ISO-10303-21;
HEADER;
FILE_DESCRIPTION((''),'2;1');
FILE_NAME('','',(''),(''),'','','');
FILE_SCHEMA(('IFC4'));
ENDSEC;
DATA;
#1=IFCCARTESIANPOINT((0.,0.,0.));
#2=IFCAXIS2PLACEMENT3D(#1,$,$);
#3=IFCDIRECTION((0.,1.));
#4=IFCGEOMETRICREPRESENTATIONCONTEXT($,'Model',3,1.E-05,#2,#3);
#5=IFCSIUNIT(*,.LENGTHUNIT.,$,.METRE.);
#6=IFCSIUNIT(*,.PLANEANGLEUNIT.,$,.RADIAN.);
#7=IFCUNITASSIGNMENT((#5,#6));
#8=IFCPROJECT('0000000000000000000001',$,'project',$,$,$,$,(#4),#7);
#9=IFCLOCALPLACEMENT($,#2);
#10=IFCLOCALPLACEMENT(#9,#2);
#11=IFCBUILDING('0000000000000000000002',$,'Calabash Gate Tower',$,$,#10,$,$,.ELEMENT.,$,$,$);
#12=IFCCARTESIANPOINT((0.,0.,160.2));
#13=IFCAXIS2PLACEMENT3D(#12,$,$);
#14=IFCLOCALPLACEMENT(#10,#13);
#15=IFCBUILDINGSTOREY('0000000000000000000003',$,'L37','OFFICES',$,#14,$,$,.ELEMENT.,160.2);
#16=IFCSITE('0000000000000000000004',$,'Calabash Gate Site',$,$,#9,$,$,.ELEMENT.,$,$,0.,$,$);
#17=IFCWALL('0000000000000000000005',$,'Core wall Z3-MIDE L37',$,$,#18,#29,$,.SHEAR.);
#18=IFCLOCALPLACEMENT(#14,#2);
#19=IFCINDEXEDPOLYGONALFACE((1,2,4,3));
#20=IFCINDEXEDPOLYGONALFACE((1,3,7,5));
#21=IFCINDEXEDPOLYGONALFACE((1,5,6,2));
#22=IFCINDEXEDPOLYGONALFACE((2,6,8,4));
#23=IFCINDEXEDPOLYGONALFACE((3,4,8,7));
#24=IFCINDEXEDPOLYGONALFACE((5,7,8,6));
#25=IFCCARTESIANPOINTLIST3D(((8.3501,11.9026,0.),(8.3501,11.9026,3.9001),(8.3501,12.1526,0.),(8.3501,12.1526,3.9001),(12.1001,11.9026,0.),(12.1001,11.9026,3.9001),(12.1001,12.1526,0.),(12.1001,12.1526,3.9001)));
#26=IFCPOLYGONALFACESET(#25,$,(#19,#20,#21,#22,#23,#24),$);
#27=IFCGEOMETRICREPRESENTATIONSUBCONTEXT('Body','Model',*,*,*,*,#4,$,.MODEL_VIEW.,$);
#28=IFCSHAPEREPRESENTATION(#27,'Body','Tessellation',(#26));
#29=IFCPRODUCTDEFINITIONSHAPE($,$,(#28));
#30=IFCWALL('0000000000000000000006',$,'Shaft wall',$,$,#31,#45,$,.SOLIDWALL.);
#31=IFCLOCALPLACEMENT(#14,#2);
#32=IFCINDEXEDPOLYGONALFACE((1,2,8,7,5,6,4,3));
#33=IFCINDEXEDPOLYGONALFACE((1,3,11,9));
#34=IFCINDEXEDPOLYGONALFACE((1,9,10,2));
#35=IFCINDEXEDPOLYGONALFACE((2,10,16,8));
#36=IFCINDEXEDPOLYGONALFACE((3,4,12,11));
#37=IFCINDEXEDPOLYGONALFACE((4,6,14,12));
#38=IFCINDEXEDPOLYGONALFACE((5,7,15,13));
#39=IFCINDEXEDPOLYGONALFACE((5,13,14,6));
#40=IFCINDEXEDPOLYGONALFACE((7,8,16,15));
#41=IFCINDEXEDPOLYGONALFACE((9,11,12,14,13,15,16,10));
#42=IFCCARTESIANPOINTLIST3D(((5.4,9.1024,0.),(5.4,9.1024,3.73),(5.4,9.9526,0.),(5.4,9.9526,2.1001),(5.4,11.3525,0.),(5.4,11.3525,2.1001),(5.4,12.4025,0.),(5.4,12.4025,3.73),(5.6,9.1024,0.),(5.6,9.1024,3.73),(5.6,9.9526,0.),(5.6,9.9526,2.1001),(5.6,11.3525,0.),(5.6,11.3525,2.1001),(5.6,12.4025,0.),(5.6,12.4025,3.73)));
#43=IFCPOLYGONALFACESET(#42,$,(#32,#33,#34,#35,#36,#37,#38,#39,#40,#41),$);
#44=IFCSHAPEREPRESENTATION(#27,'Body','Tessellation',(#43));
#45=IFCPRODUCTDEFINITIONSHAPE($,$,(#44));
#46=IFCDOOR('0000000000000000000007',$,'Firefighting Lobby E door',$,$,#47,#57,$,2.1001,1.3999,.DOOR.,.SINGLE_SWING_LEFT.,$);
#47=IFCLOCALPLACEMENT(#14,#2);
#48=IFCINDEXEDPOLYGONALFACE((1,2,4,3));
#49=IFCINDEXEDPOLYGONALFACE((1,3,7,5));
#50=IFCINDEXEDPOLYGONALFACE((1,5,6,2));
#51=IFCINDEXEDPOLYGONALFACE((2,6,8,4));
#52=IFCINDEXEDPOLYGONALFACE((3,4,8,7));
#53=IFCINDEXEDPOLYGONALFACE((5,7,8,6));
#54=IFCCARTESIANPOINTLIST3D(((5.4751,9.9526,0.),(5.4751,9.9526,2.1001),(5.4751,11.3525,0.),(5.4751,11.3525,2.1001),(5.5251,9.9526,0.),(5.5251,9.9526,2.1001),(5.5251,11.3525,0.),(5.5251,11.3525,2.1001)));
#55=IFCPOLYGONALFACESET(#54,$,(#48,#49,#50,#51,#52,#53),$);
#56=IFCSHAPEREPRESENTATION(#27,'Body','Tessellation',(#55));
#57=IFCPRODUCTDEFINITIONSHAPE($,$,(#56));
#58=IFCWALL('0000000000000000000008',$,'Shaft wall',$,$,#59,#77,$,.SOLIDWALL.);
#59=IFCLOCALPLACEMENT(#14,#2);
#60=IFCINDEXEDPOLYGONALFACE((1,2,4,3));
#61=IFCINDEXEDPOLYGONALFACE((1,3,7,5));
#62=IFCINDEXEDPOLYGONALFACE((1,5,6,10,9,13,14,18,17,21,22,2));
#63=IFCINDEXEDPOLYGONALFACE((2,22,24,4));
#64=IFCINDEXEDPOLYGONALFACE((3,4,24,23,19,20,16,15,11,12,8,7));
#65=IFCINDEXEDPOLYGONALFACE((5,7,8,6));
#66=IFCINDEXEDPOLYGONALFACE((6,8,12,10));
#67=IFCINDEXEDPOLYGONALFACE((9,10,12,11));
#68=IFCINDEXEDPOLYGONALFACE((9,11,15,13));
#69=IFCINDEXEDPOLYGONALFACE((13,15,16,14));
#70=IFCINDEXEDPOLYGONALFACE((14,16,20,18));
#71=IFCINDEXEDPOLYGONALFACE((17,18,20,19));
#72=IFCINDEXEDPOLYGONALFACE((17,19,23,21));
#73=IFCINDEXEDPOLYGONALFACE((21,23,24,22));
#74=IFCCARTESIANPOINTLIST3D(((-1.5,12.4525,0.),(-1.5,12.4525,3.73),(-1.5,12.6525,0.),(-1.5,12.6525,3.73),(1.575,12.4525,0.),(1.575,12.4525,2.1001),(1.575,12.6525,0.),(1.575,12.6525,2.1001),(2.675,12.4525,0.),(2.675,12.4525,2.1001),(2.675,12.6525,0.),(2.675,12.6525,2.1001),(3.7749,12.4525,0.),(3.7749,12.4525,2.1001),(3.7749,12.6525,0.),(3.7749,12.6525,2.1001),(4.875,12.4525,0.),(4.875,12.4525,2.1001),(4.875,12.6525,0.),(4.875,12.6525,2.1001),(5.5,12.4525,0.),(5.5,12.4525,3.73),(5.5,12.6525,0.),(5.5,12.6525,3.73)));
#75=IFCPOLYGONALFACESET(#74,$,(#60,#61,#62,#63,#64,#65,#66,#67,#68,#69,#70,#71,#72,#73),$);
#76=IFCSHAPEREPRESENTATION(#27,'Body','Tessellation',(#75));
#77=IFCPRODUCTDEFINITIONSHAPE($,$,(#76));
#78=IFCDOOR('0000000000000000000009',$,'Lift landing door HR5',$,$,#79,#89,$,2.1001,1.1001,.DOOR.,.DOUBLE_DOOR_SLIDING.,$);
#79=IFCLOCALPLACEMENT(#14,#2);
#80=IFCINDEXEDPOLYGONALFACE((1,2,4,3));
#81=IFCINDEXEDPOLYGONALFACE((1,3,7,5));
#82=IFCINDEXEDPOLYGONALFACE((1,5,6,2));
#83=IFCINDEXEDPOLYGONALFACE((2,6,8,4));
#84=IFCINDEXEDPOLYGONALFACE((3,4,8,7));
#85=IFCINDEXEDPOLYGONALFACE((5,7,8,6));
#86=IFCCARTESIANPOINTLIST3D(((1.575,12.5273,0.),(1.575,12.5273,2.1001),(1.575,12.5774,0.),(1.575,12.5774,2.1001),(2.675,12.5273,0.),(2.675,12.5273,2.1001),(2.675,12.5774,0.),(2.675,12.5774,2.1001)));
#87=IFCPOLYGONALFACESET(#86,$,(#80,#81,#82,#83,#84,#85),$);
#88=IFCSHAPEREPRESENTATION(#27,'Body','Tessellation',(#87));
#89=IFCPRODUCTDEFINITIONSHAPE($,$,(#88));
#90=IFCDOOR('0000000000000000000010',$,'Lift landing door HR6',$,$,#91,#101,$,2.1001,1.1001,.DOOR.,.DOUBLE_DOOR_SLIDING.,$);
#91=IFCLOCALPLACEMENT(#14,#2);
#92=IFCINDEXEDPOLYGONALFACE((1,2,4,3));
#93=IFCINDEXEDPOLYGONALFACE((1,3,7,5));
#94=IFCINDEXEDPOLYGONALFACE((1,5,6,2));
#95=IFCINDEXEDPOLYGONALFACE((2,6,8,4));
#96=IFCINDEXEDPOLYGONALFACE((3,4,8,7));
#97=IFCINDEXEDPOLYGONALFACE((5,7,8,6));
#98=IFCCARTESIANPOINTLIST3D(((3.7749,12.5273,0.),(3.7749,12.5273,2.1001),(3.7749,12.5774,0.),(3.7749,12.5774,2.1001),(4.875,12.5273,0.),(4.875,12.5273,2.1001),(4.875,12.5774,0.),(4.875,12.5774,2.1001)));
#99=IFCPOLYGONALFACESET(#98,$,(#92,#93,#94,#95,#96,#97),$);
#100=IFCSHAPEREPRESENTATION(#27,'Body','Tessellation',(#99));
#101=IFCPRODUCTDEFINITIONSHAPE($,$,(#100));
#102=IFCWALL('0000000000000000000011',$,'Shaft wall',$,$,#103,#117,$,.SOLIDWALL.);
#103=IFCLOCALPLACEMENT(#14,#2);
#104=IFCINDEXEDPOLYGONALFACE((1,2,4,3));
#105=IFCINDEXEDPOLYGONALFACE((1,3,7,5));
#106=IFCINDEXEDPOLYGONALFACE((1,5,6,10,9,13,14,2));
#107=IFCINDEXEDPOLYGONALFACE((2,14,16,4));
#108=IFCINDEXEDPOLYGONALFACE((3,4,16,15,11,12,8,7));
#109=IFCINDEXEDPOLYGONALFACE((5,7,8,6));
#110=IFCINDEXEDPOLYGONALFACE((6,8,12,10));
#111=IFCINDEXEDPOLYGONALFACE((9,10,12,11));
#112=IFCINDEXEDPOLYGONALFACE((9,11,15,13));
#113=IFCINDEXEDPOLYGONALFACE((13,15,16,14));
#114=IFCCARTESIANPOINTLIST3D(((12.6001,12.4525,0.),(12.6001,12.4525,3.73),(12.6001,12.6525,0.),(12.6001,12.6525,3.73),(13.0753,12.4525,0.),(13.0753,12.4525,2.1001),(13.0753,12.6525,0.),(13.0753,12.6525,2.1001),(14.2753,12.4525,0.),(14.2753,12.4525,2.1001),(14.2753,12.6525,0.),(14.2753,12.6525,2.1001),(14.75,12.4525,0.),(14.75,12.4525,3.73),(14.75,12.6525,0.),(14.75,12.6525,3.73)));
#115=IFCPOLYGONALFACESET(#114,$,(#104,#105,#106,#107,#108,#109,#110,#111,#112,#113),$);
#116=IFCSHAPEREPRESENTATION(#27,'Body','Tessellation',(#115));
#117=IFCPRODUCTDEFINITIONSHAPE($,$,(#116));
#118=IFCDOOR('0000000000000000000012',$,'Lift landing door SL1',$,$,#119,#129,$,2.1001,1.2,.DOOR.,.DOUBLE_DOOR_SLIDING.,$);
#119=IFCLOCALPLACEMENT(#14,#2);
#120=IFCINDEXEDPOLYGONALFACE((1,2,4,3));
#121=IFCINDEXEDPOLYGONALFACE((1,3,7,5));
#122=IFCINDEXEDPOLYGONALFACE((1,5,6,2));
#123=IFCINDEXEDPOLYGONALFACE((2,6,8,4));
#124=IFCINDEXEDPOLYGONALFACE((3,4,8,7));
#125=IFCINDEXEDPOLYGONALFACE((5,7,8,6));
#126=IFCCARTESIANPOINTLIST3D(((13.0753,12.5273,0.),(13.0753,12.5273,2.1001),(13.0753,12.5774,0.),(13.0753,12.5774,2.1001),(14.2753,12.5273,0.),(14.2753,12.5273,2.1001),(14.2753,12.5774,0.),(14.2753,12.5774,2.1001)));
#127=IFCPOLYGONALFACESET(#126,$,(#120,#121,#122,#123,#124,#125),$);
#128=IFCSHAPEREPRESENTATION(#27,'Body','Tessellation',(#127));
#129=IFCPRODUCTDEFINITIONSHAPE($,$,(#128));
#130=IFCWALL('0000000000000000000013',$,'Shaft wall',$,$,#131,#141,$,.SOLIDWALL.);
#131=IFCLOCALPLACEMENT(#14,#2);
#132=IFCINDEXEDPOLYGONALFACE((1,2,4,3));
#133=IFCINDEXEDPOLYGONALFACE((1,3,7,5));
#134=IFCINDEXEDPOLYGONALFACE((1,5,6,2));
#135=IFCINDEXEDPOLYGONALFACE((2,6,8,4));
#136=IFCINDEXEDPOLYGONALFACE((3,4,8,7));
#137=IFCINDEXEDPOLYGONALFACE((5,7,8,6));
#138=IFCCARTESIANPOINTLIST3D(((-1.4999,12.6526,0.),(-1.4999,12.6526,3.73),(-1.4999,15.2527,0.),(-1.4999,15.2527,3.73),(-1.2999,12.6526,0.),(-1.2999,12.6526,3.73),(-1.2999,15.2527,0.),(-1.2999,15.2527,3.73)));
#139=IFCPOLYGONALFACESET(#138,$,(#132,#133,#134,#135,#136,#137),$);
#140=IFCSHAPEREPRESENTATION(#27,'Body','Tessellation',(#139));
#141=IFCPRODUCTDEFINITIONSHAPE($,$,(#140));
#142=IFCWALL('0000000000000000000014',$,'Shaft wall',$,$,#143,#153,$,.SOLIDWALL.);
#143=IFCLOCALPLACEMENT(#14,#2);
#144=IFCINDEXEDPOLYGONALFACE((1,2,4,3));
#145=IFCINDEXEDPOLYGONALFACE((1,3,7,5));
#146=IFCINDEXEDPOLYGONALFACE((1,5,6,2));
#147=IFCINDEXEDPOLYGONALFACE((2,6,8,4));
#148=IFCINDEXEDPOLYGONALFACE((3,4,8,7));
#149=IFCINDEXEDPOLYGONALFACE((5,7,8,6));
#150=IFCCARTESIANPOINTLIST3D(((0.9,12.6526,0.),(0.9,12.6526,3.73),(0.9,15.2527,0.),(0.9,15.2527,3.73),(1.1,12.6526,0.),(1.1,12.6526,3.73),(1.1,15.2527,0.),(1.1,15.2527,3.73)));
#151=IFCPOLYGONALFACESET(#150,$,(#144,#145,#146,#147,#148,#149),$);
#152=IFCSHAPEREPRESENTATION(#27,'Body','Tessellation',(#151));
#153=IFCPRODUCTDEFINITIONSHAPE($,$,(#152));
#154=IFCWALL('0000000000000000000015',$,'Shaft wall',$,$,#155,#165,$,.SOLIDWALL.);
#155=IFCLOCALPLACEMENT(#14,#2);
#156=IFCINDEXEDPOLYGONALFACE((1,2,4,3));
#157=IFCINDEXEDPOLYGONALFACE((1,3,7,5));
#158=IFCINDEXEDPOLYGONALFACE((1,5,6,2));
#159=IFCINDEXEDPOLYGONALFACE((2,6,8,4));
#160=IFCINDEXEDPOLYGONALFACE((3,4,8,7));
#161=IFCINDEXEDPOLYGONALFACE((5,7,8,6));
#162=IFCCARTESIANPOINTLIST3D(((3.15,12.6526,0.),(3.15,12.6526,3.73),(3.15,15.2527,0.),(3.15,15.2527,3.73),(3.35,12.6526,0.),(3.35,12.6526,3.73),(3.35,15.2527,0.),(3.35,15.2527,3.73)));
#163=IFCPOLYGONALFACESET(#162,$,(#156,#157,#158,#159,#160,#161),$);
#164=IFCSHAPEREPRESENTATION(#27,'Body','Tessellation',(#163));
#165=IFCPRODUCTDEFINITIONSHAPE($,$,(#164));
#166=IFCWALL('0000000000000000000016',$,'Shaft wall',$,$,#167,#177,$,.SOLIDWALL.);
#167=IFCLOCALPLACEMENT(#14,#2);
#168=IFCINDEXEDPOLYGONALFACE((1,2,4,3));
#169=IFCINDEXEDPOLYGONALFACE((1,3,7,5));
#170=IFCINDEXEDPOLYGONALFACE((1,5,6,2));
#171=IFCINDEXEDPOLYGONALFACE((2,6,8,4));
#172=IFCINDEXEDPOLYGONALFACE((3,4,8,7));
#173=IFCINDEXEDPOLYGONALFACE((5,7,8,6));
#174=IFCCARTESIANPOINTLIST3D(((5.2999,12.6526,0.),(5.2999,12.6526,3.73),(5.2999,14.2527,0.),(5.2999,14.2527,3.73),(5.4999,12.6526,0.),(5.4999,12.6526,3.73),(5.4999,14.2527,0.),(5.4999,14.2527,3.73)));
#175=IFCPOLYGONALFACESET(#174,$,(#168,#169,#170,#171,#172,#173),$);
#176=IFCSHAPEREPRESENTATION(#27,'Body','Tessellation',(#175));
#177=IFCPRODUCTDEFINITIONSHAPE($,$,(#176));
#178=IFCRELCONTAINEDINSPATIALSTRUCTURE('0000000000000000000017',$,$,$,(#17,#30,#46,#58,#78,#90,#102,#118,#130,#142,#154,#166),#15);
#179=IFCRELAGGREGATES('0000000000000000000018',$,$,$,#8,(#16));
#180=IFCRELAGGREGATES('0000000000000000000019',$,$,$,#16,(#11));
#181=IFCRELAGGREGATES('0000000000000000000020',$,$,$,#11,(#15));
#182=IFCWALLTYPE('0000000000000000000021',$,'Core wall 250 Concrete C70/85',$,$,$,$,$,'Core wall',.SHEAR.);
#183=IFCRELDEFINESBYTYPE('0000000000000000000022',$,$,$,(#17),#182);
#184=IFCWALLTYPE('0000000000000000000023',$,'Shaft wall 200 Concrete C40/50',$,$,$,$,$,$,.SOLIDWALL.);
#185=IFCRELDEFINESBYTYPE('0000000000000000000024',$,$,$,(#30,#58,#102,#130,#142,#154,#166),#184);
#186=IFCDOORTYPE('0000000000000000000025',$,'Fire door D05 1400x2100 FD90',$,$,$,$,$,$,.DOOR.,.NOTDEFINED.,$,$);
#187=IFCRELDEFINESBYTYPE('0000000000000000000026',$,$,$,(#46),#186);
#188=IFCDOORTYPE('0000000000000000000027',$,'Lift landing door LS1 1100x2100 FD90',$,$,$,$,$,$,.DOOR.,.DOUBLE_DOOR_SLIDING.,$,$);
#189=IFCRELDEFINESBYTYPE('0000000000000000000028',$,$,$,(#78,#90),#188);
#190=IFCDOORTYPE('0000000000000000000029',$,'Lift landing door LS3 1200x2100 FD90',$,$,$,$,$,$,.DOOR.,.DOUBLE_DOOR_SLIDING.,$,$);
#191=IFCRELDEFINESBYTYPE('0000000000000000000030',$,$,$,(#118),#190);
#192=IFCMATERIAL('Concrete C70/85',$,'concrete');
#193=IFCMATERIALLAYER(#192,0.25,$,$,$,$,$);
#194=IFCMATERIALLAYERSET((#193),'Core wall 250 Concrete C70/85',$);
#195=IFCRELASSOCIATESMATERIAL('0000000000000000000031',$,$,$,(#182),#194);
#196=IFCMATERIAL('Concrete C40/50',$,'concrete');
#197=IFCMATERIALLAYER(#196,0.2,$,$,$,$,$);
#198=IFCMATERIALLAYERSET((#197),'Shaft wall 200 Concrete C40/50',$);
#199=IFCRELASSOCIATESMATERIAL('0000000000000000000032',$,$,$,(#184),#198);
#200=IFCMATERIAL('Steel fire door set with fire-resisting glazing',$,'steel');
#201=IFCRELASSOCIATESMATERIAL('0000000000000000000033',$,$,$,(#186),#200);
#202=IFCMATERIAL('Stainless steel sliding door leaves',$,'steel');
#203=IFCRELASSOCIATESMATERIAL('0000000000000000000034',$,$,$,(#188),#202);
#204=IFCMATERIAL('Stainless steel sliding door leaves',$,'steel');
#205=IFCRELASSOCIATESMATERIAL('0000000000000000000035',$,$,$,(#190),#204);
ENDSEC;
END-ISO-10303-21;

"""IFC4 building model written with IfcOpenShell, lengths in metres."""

from ifc_helpers import new_model, si_unit, direction, frame, frame_2d, origin, place, context, subcontext, project, spatial, rectangle, extrude, material, layer, layer_set, type_object, element, fill, save


model = new_model("IFC4")

# Units and contexts
model_context = context("Model", 3, precision=1e-05, world=origin(), true_north=direction((0.0, 1.0)))
body_context = subcontext(model_context, "Body", "Model", "MODEL_VIEW")
ifc_project = project(units=[si_unit("LENGTHUNIT", "METRE"), si_unit("PLANEANGLEUNIT", "RADIAN")], contexts=[model_context])

# Site, building, storey
site_placement = place(None, origin())
site = spatial("IfcSite", under=ifc_project, at=site_placement, Name="Calabash Gate Site", CompositionType="ELEMENT", RefElevation=0.0)
building_placement = place(site_placement, origin())
building = spatial("IfcBuilding", under=site, at=building_placement, Name="Calabash Gate Tower", CompositionType="ELEMENT")
storey_placement = place(building_placement, frame((0.0, 0.0, 160.2)))
storey = spatial("IfcBuildingStorey", under=building, at=storey_placement, Name="L37", Description="OFFICES", CompositionType="ELEMENT", Elevation=160.2)

# Wall
ifc_material_1 = material(Name="Concrete C70/85", Category="concrete")
ifc_layer_1 = layer(ifc_material_1, 0.25)
ifc_layer_set_1 = layer_set([ifc_layer_1], Name="Core wall 250 Concrete C70/85")
wall_type_1 = type_object("IfcWallType", Name="Core wall 250 Concrete C70/85", ElementType="Core wall", PredefinedType="SHEAR", material=ifc_layer_set_1)
wall_1_placement = place(storey_placement, frame((8.3501, 12.0276, 0.0), z_axis=(0.0, 0.0, 1.0), x_axis=(1.0, 0.0, 0.0)))
element("IfcWall", 1, at=wall_1_placement, inside=storey, type_object=wall_type_1, Name="Core wall Z3-MIDE L37", PredefinedType="SHEAR", context=body_context, shape_type="SweptSolid", body=[
    extrude(rectangle(XDim=3.75, YDim=0.25, at=frame_2d((1.875, 0.0))), origin(), (0.0, 0.0, 1.0), 3.9001),
])

# Wall, opening, door
ifc_material_2 = material(Name="Concrete C40/50", Category="concrete")
ifc_layer_2 = layer(ifc_material_2, 0.2)
ifc_layer_set_2 = layer_set([ifc_layer_2], Name="Shaft wall 200 Concrete C40/50")
wall_type_2 = type_object("IfcWallType", Name="Shaft wall 200 Concrete C40/50", PredefinedType="SOLIDWALL", material=ifc_layer_set_2)
wall_2_placement = place(storey_placement, frame((5.5, 9.1025, 0.0), z_axis=(0.0, 0.0, 1.0), x_axis=(0.0, 1.0, 0.0)))
wall_2 = element("IfcWall", 2, at=wall_2_placement, inside=storey, type_object=wall_type_2, Name="Shaft wall", PredefinedType="SOLIDWALL", context=body_context, shape_type="SweptSolid", body=[
    extrude(rectangle(XDim=3.3, YDim=0.2, at=frame_2d((1.6499, 0.0))), origin(), (0.0, 0.0, 1.0), 3.73),
])
opening_1_placement = place(wall_2_placement, frame((0.8501, 0.0, 0.0)))
opening_1 = element("IfcOpeningElement", 3, at=opening_1_placement, cuts=wall_2, PredefinedType="OPENING", context=body_context, shape_type="SweptSolid", body=[
    extrude(rectangle(XDim=1.3999, YDim=2.1001, at=frame_2d((0.7, 1.05))), frame((0.0, 0.1099, 0.0), z_axis=(0.0, -1.0, 0.0), x_axis=(1.0, 0.0, 0.0)), (0.0, 0.0, 1.0), 0.22),
])
ifc_material_3 = material(Name="Steel fire door set with fire-resisting glazing", Category="steel")
door_type_1 = type_object("IfcDoorType", Name="Fire door D05 1400x2100 FD90", OperationType="NOTDEFINED", PredefinedType="DOOR", material=ifc_material_3)
door_1_placement = place(opening_1_placement, origin())
door_1 = element("IfcDoor", 4, at=door_1_placement, inside=storey, type_object=door_type_1, Name="Firefighting Lobby E door", OperationType="SINGLE_SWING_LEFT", OverallHeight=2.1001, OverallWidth=1.3999, PredefinedType="DOOR", context=body_context, shape_type="SweptSolid", body=[
    extrude(rectangle(XDim=1.3999, YDim=2.1001, at=frame_2d((0.7, 1.05))), frame((0.0, 0.0249, 0.0), z_axis=(0.0, -1.0, 0.0), x_axis=(1.0, 0.0, 0.0)), (0.0, 0.0, 1.0), 0.05),
])
fill(opening_1, door_1)

# Wall, openings, doors
wall_3_placement = place(storey_placement, frame((-1.5, 12.5525, 0.0), z_axis=(0.0, 0.0, 1.0), x_axis=(1.0, 0.0, 0.0)))
wall_3 = element("IfcWall", 5, at=wall_3_placement, inside=storey, type_object=wall_type_2, Name="Shaft wall", PredefinedType="SOLIDWALL", context=body_context, shape_type="SweptSolid", body=[
    extrude(rectangle(XDim=7.0, YDim=0.2, at=frame_2d((3.5, 0.0))), origin(), (0.0, 0.0, 1.0), 3.73),
])
opening_2_placement = place(wall_3_placement, frame((3.075, 0.0, 0.0)))
opening_2 = element("IfcOpeningElement", 6, at=opening_2_placement, cuts=wall_3, PredefinedType="OPENING", context=body_context, shape_type="SweptSolid", body=[
    extrude(rectangle(XDim=1.1001, YDim=2.1001, at=frame_2d((0.55, 1.05))), frame((0.0, 0.1099, 0.0), z_axis=(0.0, -1.0, 0.0), x_axis=(1.0, 0.0, 0.0)), (0.0, 0.0, 1.0), 0.22),
])
opening_3_placement = place(wall_3_placement, frame((5.2749, 0.0, 0.0)))
opening_3 = element("IfcOpeningElement", 7, at=opening_3_placement, cuts=wall_3, PredefinedType="OPENING", context=body_context, shape_type="SweptSolid", body=[
    extrude(rectangle(XDim=1.1001, YDim=2.1001, at=frame_2d((0.55, 1.05))), frame((0.0, 0.1099, 0.0), z_axis=(0.0, -1.0, 0.0), x_axis=(1.0, 0.0, 0.0)), (0.0, 0.0, 1.0), 0.22),
])
ifc_material_4 = material(Name="Stainless steel sliding door leaves", Category="steel")
door_type_2 = type_object("IfcDoorType", Name="Lift landing door LS1 1100x2100 FD90", OperationType="DOUBLE_DOOR_SLIDING", PredefinedType="DOOR", material=ifc_material_4)
door_2_placement = place(opening_2_placement, origin())
door_2 = element("IfcDoor", 8, at=door_2_placement, inside=storey, type_object=door_type_2, Name="Lift landing door HR5", OperationType="DOUBLE_DOOR_SLIDING", OverallHeight=2.1001, OverallWidth=1.1001, PredefinedType="DOOR", context=body_context, shape_type="SweptSolid", body=[
    extrude(rectangle(XDim=1.1001, YDim=2.1001, at=frame_2d((0.55, 1.05))), frame((0.0, 0.0249, 0.0), z_axis=(0.0, -1.0, 0.0), x_axis=(1.0, 0.0, 0.0)), (0.0, 0.0, 1.0), 0.05),
])
fill(opening_2, door_2)
door_3_placement = place(opening_3_placement, origin())
door_3 = element("IfcDoor", 9, at=door_3_placement, inside=storey, type_object=door_type_2, Name="Lift landing door HR6", OperationType="DOUBLE_DOOR_SLIDING", OverallHeight=2.1001, OverallWidth=1.1001, PredefinedType="DOOR", context=body_context, shape_type="SweptSolid", body=[
    extrude(rectangle(XDim=1.1001, YDim=2.1001, at=frame_2d((0.55, 1.05))), frame((0.0, 0.0249, 0.0), z_axis=(0.0, -1.0, 0.0), x_axis=(1.0, 0.0, 0.0)), (0.0, 0.0, 1.0), 0.05),
])
fill(opening_3, door_3)

# Wall, opening, door
wall_4_placement = place(storey_placement, frame((12.6001, 12.5525, 0.0), z_axis=(0.0, 0.0, 1.0), x_axis=(1.0, 0.0, 0.0)))
wall_4 = element("IfcWall", 10, at=wall_4_placement, inside=storey, type_object=wall_type_2, Name="Shaft wall", PredefinedType="SOLIDWALL", context=body_context, shape_type="SweptSolid", body=[
    extrude(rectangle(XDim=2.1499, YDim=0.2, at=frame_2d((1.075, 0.0))), origin(), (0.0, 0.0, 1.0), 3.73),
])
opening_4_placement = place(wall_4_placement, frame((0.4751, 0.0, 0.0)))
opening_4 = element("IfcOpeningElement", 11, at=opening_4_placement, cuts=wall_4, PredefinedType="OPENING", context=body_context, shape_type="SweptSolid", body=[
    extrude(rectangle(XDim=1.2, YDim=2.1001, at=frame_2d((0.6001, 1.05))), frame((0.0, 0.1099, 0.0), z_axis=(0.0, -1.0, 0.0), x_axis=(1.0, 0.0, 0.0)), (0.0, 0.0, 1.0), 0.22),
])
ifc_material_5 = material(Name="Stainless steel sliding door leaves", Category="steel")
door_type_3 = type_object("IfcDoorType", Name="Lift landing door LS3 1200x2100 FD90", OperationType="DOUBLE_DOOR_SLIDING", PredefinedType="DOOR", material=ifc_material_5)
door_4_placement = place(opening_4_placement, origin())
door_4 = element("IfcDoor", 12, at=door_4_placement, inside=storey, type_object=door_type_3, Name="Lift landing door SL1", OperationType="DOUBLE_DOOR_SLIDING", OverallHeight=2.1001, OverallWidth=1.2, PredefinedType="DOOR", context=body_context, shape_type="SweptSolid", body=[
    extrude(rectangle(XDim=1.2, YDim=2.1001, at=frame_2d((0.6001, 1.05))), frame((0.0, 0.0249, 0.0), z_axis=(0.0, -1.0, 0.0), x_axis=(1.0, 0.0, 0.0)), (0.0, 0.0, 1.0), 0.05),
])
fill(opening_4, door_4)

# Walls
for number, where, z_axis, x_axis, name in (
    (13, (-1.3999, 12.6526, 0.0), (0.0, 0.0, 1.0), (0.0, 1.0, 0.0), "Shaft wall"),
    (14, (1.0, 12.6526, 0.0), (0.0, 0.0, 1.0), (0.0, 1.0, 0.0), "Shaft wall"),
    (15, (3.25, 12.6526, 0.0), (0.0, 0.0, 1.0), (0.0, 1.0, 0.0), "Shaft wall"),
):
    element("IfcWall", number, at=place(storey_placement, frame(where, z_axis=z_axis, x_axis=x_axis)), inside=storey, type_object=wall_type_2, Name=name, PredefinedType="SOLIDWALL", context=body_context, shape_type="SweptSolid", body=[
        extrude(rectangle(XDim=2.6001, YDim=0.2, at=frame_2d((1.3, 0.0))), origin(), (0.0, 0.0, 1.0), 3.73),
    ])
wall_5_placement = place(storey_placement, frame((5.3999, 12.6526, 0.0), z_axis=(0.0, 0.0, 1.0), x_axis=(0.0, 1.0, 0.0)))
element("IfcWall", 16, at=wall_5_placement, inside=storey, type_object=wall_type_2, Name="Shaft wall", PredefinedType="SOLIDWALL", context=body_context, shape_type="SweptSolid", body=[
    extrude(rectangle(XDim=1.6001, YDim=0.2, at=frame_2d((0.8, 0.0))), origin(), (0.0, 0.0, 1.0), 3.73),
])

save(model, "model.ifc")
